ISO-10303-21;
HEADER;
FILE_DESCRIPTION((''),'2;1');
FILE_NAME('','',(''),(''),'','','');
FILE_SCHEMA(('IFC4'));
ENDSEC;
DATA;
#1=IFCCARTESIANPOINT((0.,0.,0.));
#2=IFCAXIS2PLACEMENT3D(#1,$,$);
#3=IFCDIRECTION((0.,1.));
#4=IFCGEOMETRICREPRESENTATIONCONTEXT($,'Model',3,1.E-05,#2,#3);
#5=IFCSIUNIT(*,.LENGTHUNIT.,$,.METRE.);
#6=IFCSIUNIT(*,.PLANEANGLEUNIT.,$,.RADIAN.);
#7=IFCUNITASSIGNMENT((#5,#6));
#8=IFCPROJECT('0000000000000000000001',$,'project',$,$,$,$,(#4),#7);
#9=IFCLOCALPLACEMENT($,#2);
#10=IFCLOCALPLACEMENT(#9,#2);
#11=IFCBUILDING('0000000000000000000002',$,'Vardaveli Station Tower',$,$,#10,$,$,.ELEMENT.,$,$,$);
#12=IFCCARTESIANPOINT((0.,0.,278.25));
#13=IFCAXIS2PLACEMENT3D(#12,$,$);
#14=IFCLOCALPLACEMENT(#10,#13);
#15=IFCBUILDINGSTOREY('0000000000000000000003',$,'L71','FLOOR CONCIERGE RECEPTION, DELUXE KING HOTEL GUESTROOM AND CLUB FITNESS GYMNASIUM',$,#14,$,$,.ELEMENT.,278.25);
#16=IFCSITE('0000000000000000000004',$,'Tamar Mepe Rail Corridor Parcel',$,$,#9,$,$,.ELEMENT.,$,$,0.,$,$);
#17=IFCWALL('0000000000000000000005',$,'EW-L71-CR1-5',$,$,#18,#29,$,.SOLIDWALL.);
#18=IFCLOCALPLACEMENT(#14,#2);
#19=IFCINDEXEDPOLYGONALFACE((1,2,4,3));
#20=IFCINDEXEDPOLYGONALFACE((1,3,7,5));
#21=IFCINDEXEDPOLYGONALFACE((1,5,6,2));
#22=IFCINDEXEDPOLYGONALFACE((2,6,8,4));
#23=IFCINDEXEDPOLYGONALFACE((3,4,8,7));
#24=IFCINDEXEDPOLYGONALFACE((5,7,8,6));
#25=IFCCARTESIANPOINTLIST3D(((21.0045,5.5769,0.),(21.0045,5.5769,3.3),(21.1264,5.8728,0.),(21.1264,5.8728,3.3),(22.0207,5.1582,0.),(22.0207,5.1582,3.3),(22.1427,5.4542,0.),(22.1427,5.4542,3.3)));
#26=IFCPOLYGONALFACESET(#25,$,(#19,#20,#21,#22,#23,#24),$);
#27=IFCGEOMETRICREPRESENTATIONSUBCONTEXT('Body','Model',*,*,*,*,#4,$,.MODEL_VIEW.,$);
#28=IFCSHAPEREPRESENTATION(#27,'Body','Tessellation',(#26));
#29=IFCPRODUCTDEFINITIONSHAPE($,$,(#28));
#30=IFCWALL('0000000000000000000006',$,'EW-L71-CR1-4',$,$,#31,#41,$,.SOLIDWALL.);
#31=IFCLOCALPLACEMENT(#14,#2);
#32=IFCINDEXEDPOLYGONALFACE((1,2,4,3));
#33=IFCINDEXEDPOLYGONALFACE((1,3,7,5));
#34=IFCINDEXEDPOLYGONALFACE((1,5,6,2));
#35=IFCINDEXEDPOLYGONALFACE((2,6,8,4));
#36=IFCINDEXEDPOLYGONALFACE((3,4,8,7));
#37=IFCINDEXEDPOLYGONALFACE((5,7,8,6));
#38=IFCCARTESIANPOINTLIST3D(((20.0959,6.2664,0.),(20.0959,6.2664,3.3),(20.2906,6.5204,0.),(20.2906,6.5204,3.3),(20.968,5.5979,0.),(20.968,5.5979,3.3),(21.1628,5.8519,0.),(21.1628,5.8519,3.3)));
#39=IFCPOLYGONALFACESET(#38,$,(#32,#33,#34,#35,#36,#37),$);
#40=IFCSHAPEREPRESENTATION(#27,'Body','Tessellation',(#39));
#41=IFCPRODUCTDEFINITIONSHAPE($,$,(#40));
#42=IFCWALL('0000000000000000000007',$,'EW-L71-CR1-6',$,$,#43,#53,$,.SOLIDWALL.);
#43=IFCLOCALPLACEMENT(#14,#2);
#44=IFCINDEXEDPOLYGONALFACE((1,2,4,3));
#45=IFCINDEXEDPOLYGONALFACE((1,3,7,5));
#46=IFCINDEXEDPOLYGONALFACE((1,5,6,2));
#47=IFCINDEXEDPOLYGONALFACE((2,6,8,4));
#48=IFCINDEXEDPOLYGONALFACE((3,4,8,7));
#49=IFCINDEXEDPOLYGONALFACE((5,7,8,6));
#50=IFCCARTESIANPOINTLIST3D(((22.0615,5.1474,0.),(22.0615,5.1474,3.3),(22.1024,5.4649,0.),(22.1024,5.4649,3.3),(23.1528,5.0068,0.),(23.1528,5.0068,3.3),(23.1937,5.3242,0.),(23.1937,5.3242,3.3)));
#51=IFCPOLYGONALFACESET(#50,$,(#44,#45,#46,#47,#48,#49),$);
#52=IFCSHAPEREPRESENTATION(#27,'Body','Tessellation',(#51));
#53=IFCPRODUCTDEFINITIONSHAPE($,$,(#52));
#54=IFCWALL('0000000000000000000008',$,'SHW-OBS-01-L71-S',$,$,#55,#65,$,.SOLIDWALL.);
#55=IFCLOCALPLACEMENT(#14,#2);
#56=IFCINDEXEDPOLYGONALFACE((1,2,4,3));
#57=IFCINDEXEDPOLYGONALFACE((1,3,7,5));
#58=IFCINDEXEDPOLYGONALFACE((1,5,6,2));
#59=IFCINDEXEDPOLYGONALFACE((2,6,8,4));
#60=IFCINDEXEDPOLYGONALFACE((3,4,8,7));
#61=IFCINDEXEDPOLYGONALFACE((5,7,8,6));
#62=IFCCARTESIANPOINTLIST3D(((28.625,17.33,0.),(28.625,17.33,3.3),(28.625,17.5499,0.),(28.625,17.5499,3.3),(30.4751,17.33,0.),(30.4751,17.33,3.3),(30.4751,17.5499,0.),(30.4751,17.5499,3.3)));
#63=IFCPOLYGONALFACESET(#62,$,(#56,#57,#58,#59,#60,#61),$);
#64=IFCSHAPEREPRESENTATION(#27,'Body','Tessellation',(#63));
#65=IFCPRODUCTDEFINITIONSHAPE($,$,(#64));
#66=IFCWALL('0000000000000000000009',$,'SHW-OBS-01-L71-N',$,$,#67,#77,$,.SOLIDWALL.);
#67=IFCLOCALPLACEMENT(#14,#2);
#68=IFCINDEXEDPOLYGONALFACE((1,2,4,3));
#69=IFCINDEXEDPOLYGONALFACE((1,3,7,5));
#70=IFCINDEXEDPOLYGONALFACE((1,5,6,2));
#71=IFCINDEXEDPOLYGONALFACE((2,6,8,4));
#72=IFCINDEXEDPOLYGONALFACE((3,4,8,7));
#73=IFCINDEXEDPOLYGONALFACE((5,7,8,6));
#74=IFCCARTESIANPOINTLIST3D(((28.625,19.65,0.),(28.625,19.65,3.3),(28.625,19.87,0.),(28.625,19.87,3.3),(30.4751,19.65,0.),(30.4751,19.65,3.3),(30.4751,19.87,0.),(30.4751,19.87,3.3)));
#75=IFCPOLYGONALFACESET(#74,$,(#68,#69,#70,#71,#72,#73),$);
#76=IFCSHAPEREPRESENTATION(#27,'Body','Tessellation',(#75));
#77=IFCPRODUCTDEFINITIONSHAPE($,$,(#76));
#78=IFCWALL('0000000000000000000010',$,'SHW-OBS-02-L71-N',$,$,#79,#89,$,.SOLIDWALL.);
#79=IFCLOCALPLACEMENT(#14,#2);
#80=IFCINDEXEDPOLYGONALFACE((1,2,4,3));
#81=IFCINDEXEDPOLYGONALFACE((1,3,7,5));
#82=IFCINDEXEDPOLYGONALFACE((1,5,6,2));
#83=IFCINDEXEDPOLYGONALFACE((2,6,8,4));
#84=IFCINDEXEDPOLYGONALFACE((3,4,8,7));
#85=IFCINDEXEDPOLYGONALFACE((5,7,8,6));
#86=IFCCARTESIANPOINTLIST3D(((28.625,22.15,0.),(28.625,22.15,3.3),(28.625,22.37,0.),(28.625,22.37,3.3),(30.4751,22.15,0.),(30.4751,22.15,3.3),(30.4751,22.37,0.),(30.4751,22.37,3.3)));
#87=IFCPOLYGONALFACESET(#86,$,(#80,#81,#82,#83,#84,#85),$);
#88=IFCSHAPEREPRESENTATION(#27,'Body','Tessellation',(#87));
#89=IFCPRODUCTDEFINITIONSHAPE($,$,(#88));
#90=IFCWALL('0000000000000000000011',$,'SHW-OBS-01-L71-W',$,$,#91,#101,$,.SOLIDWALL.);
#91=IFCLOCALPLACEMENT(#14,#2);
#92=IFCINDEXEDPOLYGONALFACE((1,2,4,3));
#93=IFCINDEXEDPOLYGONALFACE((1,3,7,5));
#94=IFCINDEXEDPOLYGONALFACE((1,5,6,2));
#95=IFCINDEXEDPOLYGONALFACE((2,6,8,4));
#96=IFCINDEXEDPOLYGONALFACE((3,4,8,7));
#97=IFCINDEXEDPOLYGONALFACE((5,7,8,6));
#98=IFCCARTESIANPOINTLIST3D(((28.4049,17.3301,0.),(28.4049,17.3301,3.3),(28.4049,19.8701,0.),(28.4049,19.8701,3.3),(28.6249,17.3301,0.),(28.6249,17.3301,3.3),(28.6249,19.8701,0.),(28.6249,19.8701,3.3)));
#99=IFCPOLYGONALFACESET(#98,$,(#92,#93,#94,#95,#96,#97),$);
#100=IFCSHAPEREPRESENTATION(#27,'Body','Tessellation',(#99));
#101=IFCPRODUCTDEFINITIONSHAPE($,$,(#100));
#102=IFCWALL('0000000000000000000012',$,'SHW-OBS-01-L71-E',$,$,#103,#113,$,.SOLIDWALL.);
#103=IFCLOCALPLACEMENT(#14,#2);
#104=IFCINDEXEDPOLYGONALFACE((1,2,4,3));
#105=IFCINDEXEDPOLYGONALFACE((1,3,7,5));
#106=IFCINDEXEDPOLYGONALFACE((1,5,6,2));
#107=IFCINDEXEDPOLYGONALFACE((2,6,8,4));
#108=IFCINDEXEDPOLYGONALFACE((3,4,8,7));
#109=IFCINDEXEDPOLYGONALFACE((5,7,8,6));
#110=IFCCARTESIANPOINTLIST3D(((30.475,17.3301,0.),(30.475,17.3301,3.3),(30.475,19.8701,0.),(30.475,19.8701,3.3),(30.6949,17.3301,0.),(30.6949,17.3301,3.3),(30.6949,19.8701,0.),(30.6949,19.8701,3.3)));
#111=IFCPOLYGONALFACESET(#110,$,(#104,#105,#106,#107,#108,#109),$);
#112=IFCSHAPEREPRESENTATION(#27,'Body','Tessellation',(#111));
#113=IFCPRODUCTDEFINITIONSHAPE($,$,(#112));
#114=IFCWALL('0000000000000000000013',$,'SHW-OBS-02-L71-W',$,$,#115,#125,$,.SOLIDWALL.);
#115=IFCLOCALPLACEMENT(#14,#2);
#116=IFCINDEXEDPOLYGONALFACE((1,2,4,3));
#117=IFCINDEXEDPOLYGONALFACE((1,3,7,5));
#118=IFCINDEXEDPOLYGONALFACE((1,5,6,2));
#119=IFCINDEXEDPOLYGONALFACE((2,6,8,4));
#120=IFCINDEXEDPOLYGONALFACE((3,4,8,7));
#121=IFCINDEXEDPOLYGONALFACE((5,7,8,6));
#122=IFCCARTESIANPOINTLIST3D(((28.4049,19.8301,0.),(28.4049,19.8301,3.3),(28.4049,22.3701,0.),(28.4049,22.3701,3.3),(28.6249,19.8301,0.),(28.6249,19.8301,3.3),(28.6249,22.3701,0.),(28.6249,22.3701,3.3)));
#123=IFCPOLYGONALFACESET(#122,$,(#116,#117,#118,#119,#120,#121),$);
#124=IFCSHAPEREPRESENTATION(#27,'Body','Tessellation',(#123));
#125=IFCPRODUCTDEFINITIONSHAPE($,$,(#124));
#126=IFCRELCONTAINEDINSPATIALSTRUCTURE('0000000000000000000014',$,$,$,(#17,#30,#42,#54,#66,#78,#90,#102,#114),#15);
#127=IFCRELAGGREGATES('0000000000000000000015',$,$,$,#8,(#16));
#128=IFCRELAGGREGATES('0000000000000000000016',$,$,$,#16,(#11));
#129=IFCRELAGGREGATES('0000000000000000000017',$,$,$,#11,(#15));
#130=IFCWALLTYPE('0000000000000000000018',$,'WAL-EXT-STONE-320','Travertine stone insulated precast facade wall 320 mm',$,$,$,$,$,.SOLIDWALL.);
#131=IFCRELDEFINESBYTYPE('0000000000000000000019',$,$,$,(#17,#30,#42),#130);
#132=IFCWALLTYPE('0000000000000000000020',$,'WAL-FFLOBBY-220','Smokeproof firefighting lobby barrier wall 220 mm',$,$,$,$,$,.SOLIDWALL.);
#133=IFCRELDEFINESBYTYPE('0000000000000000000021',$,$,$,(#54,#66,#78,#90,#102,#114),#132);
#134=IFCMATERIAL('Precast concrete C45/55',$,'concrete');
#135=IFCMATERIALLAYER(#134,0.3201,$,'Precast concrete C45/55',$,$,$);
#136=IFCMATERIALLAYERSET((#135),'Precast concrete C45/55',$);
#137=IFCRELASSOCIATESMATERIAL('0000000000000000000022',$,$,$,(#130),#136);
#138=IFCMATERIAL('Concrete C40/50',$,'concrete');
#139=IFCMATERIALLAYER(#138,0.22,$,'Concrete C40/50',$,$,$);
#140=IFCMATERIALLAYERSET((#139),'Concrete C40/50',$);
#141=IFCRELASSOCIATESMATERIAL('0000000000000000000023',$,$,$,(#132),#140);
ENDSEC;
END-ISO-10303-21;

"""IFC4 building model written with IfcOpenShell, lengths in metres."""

from ifc_helpers import new_model, si_unit, direction, frame, frame_2d, origin, place, context, subcontext, project, spatial, rectangle, extrude, source, transform, mapped, material, layer, layer_set, type_object, element, save


model = new_model("IFC4")

# Units and contexts
model_context = context("Model", 3, precision=1e-05, world=origin(), true_north=direction((0.0, 1.0)))
body_context = subcontext(model_context, "Body", "Model", "MODEL_VIEW")
ifc_project = project(units=[si_unit("LENGTHUNIT", "METRE"), si_unit("PLANEANGLEUNIT", "RADIAN")], contexts=[model_context])

# Site, building, storey
site_placement = place(None, origin())
site = spatial("IfcSite", under=ifc_project, at=site_placement, Name="Tamar Mepe Rail Corridor Parcel", CompositionType="ELEMENT", RefElevation=0.0)
building_placement = place(site_placement, origin())
building = spatial("IfcBuilding", under=site, at=building_placement, Name="Vardaveli Station Tower", CompositionType="ELEMENT")
storey_placement = place(building_placement, frame((0.0, 0.0, 278.25)))
storey = spatial("IfcBuildingStorey", under=building, at=storey_placement, Name="L71", Description="FLOOR CONCIERGE RECEPTION, DELUXE KING HOTEL GUESTROOM AND CLUB FITNESS GYMNASIUM", CompositionType="ELEMENT", Elevation=278.25)

# Shared definitions
ifc_material_1 = material(Name="Precast concrete C45/55", Category="concrete")

# Shared definitions
ifc_layer_1 = layer(ifc_material_1, 0.3201, Name="Precast concrete C45/55")
ifc_layer_set_1 = layer_set([ifc_layer_1], Name="Precast concrete C45/55")
wall_type_1 = type_object("IfcWallType", Name="WAL-EXT-STONE-320", Description="Travertine stone insulated precast facade wall 320 mm", PredefinedType="SOLIDWALL", material=ifc_layer_set_1)

# Walls
shared_shape_1 = source(origin(), body_context, "Body", "SweptSolid", [
    extrude(rectangle(XDim=1.0991, YDim=0.3201, at=frame_2d((0.5496, 0.0))), origin(), (0.0, 0.0, 1.0), 3.3),
])
wall_1_placement = place(storey_placement, frame((21.0654, 5.7249, 0.0), z_axis=(0.0, 0.0, 1.0), x_axis=(0.924614, -0.380906, 0.0)))
element("IfcWall", 1, at=wall_1_placement, inside=storey, type_object=wall_type_1, Name="EW-L71-CR1-5", PredefinedType="SOLIDWALL", context=body_context, shape_type="MappedRepresentation", body=[
    mapped(shared_shape_1, transform((0.0, 0.0, 0.0), scale=1.0)),
])
shared_shape_2 = source(origin(), body_context, "Body", "SweptSolid", [
    extrude(rectangle(XDim=1.0989, YDim=0.3201, at=frame_2d((0.5493, 0.0))), origin(), (0.0, 0.0, 1.0), 3.3),
])
wall_2_placement = place(storey_placement, frame((20.1934, 6.3933, 0.0), z_axis=(0.0, 0.0, 1.0), x_axis=(0.793664, -0.608357, 0.0)))
element("IfcWall", 2, at=wall_2_placement, inside=storey, type_object=wall_type_1, Name="EW-L71-CR1-4", PredefinedType="SOLIDWALL", context=body_context, shape_type="MappedRepresentation", body=[
    mapped(shared_shape_2, transform((0.0, 0.0, 0.0), scale=1.0)),
])
shared_shape_3 = source(origin(), body_context, "Body", "SweptSolid", [
    extrude(rectangle(XDim=1.1003, YDim=0.3201, at=frame_2d((0.5503, 0.0))), origin(), (0.0, 0.0, 1.0), 3.3),
])
wall_3_placement = place(storey_placement, frame((22.0818, 5.3062, 0.0), z_axis=(0.0, 0.0, 1.0), x_axis=(0.9918, -0.127802, 0.0)))
element("IfcWall", 3, at=wall_3_placement, inside=storey, type_object=wall_type_1, Name="EW-L71-CR1-6", PredefinedType="SOLIDWALL", context=body_context, shape_type="MappedRepresentation", body=[
    mapped(shared_shape_3, transform((0.0, 0.0, 0.0), scale=1.0)),
])
ifc_material_2 = material(Name="Concrete C40/50", Category="concrete")
ifc_layer_2 = layer(ifc_material_2, 0.22, Name="Concrete C40/50")
ifc_layer_set_2 = layer_set([ifc_layer_2], Name="Concrete C40/50")
wall_type_2 = type_object("IfcWallType", Name="WAL-FFLOBBY-220", Description="Smokeproof firefighting lobby barrier wall 220 mm", PredefinedType="SOLIDWALL", material=ifc_layer_set_2)
shared_shape_4 = source(origin(), body_context, "Body", "SweptSolid", [
    extrude(rectangle(XDim=1.8501, YDim=0.22, at=frame_2d((0.925, 0.0))), origin(), (0.0, 0.0, 1.0), 3.3),
])
for number, where, z_axis, x_axis, name in (
    (4, (28.625, 17.4399, 0.0), (0.0, 0.0, 1.0), (1.0, 0.0, 0.0), "SHW-OBS-01-L71-S"),
    (5, (28.625, 19.76, 0.0), (0.0, 0.0, 1.0), (1.0, 0.0, 0.0), "SHW-OBS-01-L71-N"),
    (6, (28.625, 22.26, 0.0), (0.0, 0.0, 1.0), (1.0, 0.0, 0.0), "SHW-OBS-02-L71-N"),
):
    element("IfcWall", number, at=place(storey_placement, frame(where, z_axis=z_axis, x_axis=x_axis)), inside=storey, type_object=wall_type_2, Name=name, PredefinedType="SOLIDWALL", context=body_context, shape_type="MappedRepresentation", body=[
        mapped(shared_shape_4, transform((0.0, 0.0, 0.0), scale=1.0)),
    ])
shared_shape_5 = source(origin(), body_context, "Body", "SweptSolid", [
    extrude(rectangle(XDim=2.54, YDim=0.22, at=frame_2d((1.27, 0.0))), origin(), (0.0, 0.0, 1.0), 3.3),
])
for number, where, z_axis, x_axis, name in (
    (7, (28.5149, 17.3301, 0.0), (0.0, 0.0, 1.0), (0.0, 1.0, 0.0), "SHW-OBS-01-L71-W"),
    (8, (30.585, 17.3301, 0.0), (0.0, 0.0, 1.0), (0.0, 1.0, 0.0), "SHW-OBS-01-L71-E"),
    (9, (28.5149, 19.8301, 0.0), (0.0, 0.0, 1.0), (0.0, 1.0, 0.0), "SHW-OBS-02-L71-W"),
):
    element("IfcWall", number, at=place(storey_placement, frame(where, z_axis=z_axis, x_axis=x_axis)), inside=storey, type_object=wall_type_2, Name=name, PredefinedType="SOLIDWALL", context=body_context, shape_type="MappedRepresentation", body=[
        mapped(shared_shape_5, transform((0.0, 0.0, 0.0), scale=1.0)),
    ])

save(model, "model.ifc")
